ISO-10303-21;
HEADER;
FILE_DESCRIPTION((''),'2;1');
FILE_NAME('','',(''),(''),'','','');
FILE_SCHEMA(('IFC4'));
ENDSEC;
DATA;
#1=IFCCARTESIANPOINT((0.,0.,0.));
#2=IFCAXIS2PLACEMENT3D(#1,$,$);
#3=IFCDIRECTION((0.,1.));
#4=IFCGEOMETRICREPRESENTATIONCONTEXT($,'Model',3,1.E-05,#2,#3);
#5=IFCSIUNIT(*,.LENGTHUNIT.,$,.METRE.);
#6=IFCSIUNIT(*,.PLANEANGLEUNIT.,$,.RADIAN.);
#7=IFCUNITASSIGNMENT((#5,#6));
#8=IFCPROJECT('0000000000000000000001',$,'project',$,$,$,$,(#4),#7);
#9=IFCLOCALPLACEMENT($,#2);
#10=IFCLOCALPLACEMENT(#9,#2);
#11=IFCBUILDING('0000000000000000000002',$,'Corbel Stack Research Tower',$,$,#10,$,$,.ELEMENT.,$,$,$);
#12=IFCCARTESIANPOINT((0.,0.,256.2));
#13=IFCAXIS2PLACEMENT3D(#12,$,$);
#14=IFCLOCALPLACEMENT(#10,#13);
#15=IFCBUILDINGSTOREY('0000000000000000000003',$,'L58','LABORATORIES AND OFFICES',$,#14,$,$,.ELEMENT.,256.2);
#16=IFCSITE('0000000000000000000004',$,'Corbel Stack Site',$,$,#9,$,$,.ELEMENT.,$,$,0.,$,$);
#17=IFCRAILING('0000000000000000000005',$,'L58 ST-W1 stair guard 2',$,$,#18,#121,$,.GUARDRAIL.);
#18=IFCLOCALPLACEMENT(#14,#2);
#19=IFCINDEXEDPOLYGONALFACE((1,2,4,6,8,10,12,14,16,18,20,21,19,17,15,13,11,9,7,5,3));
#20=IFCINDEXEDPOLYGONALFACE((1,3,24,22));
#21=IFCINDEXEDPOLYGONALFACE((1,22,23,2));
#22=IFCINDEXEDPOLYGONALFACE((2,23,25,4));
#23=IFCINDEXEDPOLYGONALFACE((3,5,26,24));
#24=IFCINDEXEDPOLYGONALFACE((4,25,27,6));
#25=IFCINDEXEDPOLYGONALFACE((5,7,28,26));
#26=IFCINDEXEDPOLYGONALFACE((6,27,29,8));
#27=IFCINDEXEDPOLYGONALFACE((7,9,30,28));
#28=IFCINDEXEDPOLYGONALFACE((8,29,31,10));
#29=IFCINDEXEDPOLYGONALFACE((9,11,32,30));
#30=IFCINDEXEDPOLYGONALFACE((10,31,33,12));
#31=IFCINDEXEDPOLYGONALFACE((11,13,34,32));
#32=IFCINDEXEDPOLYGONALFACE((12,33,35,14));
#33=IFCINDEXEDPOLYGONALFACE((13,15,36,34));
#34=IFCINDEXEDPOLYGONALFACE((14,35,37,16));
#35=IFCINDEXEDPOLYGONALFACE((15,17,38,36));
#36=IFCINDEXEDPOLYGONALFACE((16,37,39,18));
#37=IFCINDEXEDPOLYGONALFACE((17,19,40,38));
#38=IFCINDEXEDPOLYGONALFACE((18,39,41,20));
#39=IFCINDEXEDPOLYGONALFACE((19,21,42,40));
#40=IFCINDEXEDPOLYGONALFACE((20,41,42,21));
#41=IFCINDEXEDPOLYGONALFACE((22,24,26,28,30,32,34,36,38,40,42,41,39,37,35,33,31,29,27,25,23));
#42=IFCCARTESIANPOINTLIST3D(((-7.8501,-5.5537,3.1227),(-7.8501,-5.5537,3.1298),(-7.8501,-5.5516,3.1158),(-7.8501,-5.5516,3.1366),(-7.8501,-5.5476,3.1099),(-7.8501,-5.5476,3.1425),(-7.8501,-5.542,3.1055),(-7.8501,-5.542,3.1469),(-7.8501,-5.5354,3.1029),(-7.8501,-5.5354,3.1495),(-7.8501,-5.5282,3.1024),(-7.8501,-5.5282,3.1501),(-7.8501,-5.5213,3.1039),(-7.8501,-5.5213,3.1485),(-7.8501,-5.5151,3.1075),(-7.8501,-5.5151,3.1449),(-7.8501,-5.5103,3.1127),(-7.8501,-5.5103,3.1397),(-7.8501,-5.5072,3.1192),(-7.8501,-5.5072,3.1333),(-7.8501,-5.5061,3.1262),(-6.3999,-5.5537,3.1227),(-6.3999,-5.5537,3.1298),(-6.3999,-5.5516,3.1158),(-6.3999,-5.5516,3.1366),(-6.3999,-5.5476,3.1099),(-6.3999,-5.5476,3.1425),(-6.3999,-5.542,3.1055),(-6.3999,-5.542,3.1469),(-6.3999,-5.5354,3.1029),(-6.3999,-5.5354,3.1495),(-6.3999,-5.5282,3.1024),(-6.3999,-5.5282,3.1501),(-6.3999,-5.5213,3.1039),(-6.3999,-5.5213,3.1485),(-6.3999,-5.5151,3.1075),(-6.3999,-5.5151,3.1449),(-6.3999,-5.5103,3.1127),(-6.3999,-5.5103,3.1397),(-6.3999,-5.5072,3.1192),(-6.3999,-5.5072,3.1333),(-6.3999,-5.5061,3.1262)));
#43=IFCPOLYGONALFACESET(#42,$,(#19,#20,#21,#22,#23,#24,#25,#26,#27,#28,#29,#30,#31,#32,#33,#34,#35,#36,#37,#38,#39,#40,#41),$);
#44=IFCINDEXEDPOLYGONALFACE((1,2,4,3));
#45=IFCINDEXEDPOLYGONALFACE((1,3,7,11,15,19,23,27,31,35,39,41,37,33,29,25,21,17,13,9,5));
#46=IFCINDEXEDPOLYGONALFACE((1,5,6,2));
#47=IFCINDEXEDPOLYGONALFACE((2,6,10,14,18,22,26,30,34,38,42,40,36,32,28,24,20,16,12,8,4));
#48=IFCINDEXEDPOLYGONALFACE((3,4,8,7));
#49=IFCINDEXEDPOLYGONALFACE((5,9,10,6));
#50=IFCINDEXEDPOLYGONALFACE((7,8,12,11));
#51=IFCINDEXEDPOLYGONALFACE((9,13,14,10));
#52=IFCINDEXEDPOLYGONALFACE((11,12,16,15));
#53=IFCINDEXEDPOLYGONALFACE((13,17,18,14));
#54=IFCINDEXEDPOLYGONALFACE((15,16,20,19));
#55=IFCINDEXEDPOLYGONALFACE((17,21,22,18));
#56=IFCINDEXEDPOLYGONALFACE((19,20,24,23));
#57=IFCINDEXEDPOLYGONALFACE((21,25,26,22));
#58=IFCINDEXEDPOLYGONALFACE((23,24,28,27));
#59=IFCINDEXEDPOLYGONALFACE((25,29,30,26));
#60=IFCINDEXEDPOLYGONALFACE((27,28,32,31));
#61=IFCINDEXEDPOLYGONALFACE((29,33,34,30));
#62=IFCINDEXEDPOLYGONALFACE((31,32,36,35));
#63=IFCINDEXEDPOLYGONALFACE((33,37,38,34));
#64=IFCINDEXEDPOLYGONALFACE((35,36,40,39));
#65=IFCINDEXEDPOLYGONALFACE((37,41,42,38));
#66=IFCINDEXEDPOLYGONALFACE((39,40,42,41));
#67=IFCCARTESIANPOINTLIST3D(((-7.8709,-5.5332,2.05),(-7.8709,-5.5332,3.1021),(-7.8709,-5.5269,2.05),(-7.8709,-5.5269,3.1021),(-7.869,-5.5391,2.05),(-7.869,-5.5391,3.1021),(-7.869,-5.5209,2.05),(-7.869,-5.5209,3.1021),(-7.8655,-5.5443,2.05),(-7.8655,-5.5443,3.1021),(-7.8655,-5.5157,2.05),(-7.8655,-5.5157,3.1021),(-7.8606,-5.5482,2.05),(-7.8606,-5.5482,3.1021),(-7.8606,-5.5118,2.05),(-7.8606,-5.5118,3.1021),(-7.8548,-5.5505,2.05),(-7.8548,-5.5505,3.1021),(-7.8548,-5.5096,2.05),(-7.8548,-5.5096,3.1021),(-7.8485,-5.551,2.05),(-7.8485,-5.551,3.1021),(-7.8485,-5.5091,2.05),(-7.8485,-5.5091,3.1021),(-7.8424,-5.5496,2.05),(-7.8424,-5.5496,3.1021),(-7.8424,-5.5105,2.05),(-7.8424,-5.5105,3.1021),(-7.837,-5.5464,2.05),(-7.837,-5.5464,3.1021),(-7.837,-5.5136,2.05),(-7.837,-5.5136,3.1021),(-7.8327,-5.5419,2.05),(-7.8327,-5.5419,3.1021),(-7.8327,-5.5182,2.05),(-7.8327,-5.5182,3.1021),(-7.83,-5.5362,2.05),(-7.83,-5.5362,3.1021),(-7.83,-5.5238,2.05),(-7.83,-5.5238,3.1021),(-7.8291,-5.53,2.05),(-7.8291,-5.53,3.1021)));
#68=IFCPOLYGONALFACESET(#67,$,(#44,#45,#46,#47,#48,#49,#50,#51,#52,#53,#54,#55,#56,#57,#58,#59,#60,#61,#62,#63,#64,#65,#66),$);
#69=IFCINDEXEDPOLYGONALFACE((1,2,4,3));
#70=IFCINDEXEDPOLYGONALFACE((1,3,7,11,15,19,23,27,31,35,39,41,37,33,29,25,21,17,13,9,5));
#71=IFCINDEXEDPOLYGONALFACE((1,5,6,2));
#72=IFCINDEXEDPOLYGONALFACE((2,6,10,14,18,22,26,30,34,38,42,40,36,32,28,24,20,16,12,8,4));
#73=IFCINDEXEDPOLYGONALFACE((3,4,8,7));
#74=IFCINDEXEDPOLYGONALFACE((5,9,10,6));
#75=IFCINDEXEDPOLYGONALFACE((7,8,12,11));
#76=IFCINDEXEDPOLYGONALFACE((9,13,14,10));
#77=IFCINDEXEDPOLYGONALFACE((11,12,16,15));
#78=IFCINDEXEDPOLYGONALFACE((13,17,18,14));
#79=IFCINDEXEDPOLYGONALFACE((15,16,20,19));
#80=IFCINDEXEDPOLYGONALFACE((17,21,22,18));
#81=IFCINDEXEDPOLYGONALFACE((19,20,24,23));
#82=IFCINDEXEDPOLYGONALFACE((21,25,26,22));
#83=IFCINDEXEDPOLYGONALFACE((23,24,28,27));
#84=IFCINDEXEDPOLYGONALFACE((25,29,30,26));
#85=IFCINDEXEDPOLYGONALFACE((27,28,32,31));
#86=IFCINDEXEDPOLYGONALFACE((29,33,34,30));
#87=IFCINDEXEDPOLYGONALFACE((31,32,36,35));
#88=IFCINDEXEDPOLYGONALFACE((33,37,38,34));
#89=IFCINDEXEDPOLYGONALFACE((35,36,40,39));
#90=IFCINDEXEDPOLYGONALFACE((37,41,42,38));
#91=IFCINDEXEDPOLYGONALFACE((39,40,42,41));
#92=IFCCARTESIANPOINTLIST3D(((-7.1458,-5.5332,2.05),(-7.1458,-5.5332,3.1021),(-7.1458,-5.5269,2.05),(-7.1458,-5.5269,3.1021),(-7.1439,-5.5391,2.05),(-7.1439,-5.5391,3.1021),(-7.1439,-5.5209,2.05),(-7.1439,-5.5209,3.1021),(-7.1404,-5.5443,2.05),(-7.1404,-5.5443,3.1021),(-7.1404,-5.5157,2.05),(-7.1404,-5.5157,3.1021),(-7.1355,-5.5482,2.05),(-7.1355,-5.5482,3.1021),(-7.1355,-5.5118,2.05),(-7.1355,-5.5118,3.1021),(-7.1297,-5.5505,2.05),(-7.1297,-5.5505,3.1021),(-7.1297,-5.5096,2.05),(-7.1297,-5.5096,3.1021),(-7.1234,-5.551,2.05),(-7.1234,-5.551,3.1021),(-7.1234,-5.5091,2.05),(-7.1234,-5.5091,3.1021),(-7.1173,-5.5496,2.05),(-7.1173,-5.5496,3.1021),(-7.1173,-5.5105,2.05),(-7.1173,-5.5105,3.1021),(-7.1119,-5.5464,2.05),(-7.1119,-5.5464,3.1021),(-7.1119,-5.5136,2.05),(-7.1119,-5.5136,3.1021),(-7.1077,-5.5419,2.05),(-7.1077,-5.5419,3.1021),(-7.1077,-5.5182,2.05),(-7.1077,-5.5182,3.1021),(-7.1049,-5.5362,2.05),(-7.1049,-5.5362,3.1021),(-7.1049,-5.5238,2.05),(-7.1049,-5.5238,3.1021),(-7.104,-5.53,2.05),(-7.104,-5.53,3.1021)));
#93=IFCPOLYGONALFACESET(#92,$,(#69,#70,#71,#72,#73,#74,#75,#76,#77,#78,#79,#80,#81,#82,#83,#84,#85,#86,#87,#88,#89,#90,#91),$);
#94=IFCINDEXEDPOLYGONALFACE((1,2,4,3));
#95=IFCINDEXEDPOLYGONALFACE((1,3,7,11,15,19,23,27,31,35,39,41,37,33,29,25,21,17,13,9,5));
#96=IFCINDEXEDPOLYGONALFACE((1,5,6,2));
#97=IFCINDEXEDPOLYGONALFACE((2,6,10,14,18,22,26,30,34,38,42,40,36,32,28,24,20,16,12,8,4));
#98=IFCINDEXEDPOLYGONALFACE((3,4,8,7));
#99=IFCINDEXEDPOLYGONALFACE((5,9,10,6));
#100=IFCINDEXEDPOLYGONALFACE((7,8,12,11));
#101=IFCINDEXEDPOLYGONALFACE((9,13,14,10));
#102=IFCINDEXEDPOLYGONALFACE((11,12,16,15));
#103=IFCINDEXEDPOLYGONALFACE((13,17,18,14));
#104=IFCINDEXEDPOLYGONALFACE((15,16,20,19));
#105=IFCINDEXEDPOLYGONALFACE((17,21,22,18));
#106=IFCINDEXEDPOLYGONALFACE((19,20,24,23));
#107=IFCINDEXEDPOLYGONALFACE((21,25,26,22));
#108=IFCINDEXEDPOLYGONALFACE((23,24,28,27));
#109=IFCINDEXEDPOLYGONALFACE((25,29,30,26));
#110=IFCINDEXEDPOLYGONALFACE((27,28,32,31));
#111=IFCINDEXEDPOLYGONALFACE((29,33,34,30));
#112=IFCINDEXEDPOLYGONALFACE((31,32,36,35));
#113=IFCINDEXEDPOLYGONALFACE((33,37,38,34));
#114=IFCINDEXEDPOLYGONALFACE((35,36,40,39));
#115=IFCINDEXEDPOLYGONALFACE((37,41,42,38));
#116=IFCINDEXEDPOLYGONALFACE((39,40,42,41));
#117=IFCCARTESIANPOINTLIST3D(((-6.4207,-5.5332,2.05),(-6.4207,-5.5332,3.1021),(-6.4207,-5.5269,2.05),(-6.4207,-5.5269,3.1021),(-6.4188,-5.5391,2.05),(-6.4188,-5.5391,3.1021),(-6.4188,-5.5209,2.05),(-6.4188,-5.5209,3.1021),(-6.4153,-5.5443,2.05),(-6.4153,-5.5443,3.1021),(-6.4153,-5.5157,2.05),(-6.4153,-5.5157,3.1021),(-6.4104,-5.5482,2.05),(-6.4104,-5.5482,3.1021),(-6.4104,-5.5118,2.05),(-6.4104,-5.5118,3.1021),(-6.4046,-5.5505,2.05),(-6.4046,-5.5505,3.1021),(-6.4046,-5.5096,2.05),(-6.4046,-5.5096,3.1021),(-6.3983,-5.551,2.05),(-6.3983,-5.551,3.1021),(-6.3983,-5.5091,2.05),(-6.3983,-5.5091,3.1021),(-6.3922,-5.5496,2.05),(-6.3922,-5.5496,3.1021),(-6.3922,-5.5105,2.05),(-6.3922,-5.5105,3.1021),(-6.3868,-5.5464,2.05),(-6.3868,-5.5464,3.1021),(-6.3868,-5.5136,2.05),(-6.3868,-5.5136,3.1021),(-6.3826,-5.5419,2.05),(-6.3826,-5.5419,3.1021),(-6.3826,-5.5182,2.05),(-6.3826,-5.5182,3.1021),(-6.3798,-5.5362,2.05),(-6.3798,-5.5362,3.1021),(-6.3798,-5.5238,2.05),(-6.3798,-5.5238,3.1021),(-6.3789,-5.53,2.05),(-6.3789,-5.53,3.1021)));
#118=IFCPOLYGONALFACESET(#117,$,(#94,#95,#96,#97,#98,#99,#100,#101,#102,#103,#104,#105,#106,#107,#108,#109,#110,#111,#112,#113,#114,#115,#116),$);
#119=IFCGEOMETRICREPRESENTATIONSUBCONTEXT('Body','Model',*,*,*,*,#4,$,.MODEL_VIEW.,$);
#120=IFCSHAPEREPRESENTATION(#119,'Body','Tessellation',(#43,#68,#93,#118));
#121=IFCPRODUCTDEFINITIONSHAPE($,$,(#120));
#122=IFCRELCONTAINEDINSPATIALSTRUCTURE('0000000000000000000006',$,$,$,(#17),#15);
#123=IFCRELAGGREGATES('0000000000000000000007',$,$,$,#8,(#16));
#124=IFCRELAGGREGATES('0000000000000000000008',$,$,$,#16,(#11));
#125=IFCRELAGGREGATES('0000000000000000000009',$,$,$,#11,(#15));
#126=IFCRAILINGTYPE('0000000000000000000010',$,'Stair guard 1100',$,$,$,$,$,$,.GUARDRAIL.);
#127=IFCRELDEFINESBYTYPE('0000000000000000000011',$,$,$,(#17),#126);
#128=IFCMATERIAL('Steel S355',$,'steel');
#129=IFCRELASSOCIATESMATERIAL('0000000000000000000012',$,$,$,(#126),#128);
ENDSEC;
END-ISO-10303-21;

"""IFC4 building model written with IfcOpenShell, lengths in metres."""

from ifc_helpers import new_model, si_unit, direction, frame, origin, origin_2d, place, context, subcontext, project, spatial, circle, extrude, material, type_object, element, save


model = new_model("IFC4")

# Units and contexts
model_context = context("Model", 3, precision=1e-05, world=origin(), true_north=direction((0.0, 1.0)))
body_context = subcontext(model_context, "Body", "Model", "MODEL_VIEW")
ifc_project = project(units=[si_unit("LENGTHUNIT", "METRE"), si_unit("PLANEANGLEUNIT", "RADIAN")], contexts=[model_context])

# Site, building, storey
site_placement = place(None, origin())
site = spatial("IfcSite", under=ifc_project, at=site_placement, Name="Corbel Stack Site", CompositionType="ELEMENT", RefElevation=0.0)
building_placement = place(site_placement, origin())
building = spatial("IfcBuilding", under=site, at=building_placement, Name="Corbel Stack Research Tower", CompositionType="ELEMENT")
storey_placement = place(building_placement, frame((0.0, 0.0, 256.2)))
storey = spatial("IfcBuildingStorey", under=building, at=storey_placement, Name="L58", Description="LABORATORIES AND OFFICES", CompositionType="ELEMENT", Elevation=256.2)

# Railing
ifc_material_1 = material(Name="Steel S355", Category="steel")
railing_type_1 = type_object("IfcRailingType", Name="Stair guard 1100", PredefinedType="GUARDRAIL", material=ifc_material_1)
railing_1_placement = place(storey_placement, frame((-7.8501, -5.53, 2.05)))
element("IfcRailing", 1, at=railing_1_placement, inside=storey, type_object=railing_type_1, Name="L58 ST-W1 stair guard 2", PredefinedType="GUARDRAIL", context=body_context, shape_type="SweptSolid", body=[
    extrude(circle(Radius=0.0239, at=origin_2d()), frame((0.0, 0.0, 1.0762), z_axis=(1.0, 0.0, 0.0), x_axis=(0.0, 1.0, 0.0)), (0.0, 0.0, 1.0), 1.4502),
    extrude(circle(Radius=0.021, at=origin_2d()), origin(), (0.0, 0.0, 1.0), 1.052),
    extrude(circle(Radius=0.021, at=origin_2d()), frame((0.7251, 0.0, 0.0)), (0.0, 0.0, 1.0), 1.052),
    extrude(circle(Radius=0.021, at=origin_2d()), frame((1.4502, 0.0, 0.0)), (0.0, 0.0, 1.0), 1.052),
])

save(model, "model.ifc")
